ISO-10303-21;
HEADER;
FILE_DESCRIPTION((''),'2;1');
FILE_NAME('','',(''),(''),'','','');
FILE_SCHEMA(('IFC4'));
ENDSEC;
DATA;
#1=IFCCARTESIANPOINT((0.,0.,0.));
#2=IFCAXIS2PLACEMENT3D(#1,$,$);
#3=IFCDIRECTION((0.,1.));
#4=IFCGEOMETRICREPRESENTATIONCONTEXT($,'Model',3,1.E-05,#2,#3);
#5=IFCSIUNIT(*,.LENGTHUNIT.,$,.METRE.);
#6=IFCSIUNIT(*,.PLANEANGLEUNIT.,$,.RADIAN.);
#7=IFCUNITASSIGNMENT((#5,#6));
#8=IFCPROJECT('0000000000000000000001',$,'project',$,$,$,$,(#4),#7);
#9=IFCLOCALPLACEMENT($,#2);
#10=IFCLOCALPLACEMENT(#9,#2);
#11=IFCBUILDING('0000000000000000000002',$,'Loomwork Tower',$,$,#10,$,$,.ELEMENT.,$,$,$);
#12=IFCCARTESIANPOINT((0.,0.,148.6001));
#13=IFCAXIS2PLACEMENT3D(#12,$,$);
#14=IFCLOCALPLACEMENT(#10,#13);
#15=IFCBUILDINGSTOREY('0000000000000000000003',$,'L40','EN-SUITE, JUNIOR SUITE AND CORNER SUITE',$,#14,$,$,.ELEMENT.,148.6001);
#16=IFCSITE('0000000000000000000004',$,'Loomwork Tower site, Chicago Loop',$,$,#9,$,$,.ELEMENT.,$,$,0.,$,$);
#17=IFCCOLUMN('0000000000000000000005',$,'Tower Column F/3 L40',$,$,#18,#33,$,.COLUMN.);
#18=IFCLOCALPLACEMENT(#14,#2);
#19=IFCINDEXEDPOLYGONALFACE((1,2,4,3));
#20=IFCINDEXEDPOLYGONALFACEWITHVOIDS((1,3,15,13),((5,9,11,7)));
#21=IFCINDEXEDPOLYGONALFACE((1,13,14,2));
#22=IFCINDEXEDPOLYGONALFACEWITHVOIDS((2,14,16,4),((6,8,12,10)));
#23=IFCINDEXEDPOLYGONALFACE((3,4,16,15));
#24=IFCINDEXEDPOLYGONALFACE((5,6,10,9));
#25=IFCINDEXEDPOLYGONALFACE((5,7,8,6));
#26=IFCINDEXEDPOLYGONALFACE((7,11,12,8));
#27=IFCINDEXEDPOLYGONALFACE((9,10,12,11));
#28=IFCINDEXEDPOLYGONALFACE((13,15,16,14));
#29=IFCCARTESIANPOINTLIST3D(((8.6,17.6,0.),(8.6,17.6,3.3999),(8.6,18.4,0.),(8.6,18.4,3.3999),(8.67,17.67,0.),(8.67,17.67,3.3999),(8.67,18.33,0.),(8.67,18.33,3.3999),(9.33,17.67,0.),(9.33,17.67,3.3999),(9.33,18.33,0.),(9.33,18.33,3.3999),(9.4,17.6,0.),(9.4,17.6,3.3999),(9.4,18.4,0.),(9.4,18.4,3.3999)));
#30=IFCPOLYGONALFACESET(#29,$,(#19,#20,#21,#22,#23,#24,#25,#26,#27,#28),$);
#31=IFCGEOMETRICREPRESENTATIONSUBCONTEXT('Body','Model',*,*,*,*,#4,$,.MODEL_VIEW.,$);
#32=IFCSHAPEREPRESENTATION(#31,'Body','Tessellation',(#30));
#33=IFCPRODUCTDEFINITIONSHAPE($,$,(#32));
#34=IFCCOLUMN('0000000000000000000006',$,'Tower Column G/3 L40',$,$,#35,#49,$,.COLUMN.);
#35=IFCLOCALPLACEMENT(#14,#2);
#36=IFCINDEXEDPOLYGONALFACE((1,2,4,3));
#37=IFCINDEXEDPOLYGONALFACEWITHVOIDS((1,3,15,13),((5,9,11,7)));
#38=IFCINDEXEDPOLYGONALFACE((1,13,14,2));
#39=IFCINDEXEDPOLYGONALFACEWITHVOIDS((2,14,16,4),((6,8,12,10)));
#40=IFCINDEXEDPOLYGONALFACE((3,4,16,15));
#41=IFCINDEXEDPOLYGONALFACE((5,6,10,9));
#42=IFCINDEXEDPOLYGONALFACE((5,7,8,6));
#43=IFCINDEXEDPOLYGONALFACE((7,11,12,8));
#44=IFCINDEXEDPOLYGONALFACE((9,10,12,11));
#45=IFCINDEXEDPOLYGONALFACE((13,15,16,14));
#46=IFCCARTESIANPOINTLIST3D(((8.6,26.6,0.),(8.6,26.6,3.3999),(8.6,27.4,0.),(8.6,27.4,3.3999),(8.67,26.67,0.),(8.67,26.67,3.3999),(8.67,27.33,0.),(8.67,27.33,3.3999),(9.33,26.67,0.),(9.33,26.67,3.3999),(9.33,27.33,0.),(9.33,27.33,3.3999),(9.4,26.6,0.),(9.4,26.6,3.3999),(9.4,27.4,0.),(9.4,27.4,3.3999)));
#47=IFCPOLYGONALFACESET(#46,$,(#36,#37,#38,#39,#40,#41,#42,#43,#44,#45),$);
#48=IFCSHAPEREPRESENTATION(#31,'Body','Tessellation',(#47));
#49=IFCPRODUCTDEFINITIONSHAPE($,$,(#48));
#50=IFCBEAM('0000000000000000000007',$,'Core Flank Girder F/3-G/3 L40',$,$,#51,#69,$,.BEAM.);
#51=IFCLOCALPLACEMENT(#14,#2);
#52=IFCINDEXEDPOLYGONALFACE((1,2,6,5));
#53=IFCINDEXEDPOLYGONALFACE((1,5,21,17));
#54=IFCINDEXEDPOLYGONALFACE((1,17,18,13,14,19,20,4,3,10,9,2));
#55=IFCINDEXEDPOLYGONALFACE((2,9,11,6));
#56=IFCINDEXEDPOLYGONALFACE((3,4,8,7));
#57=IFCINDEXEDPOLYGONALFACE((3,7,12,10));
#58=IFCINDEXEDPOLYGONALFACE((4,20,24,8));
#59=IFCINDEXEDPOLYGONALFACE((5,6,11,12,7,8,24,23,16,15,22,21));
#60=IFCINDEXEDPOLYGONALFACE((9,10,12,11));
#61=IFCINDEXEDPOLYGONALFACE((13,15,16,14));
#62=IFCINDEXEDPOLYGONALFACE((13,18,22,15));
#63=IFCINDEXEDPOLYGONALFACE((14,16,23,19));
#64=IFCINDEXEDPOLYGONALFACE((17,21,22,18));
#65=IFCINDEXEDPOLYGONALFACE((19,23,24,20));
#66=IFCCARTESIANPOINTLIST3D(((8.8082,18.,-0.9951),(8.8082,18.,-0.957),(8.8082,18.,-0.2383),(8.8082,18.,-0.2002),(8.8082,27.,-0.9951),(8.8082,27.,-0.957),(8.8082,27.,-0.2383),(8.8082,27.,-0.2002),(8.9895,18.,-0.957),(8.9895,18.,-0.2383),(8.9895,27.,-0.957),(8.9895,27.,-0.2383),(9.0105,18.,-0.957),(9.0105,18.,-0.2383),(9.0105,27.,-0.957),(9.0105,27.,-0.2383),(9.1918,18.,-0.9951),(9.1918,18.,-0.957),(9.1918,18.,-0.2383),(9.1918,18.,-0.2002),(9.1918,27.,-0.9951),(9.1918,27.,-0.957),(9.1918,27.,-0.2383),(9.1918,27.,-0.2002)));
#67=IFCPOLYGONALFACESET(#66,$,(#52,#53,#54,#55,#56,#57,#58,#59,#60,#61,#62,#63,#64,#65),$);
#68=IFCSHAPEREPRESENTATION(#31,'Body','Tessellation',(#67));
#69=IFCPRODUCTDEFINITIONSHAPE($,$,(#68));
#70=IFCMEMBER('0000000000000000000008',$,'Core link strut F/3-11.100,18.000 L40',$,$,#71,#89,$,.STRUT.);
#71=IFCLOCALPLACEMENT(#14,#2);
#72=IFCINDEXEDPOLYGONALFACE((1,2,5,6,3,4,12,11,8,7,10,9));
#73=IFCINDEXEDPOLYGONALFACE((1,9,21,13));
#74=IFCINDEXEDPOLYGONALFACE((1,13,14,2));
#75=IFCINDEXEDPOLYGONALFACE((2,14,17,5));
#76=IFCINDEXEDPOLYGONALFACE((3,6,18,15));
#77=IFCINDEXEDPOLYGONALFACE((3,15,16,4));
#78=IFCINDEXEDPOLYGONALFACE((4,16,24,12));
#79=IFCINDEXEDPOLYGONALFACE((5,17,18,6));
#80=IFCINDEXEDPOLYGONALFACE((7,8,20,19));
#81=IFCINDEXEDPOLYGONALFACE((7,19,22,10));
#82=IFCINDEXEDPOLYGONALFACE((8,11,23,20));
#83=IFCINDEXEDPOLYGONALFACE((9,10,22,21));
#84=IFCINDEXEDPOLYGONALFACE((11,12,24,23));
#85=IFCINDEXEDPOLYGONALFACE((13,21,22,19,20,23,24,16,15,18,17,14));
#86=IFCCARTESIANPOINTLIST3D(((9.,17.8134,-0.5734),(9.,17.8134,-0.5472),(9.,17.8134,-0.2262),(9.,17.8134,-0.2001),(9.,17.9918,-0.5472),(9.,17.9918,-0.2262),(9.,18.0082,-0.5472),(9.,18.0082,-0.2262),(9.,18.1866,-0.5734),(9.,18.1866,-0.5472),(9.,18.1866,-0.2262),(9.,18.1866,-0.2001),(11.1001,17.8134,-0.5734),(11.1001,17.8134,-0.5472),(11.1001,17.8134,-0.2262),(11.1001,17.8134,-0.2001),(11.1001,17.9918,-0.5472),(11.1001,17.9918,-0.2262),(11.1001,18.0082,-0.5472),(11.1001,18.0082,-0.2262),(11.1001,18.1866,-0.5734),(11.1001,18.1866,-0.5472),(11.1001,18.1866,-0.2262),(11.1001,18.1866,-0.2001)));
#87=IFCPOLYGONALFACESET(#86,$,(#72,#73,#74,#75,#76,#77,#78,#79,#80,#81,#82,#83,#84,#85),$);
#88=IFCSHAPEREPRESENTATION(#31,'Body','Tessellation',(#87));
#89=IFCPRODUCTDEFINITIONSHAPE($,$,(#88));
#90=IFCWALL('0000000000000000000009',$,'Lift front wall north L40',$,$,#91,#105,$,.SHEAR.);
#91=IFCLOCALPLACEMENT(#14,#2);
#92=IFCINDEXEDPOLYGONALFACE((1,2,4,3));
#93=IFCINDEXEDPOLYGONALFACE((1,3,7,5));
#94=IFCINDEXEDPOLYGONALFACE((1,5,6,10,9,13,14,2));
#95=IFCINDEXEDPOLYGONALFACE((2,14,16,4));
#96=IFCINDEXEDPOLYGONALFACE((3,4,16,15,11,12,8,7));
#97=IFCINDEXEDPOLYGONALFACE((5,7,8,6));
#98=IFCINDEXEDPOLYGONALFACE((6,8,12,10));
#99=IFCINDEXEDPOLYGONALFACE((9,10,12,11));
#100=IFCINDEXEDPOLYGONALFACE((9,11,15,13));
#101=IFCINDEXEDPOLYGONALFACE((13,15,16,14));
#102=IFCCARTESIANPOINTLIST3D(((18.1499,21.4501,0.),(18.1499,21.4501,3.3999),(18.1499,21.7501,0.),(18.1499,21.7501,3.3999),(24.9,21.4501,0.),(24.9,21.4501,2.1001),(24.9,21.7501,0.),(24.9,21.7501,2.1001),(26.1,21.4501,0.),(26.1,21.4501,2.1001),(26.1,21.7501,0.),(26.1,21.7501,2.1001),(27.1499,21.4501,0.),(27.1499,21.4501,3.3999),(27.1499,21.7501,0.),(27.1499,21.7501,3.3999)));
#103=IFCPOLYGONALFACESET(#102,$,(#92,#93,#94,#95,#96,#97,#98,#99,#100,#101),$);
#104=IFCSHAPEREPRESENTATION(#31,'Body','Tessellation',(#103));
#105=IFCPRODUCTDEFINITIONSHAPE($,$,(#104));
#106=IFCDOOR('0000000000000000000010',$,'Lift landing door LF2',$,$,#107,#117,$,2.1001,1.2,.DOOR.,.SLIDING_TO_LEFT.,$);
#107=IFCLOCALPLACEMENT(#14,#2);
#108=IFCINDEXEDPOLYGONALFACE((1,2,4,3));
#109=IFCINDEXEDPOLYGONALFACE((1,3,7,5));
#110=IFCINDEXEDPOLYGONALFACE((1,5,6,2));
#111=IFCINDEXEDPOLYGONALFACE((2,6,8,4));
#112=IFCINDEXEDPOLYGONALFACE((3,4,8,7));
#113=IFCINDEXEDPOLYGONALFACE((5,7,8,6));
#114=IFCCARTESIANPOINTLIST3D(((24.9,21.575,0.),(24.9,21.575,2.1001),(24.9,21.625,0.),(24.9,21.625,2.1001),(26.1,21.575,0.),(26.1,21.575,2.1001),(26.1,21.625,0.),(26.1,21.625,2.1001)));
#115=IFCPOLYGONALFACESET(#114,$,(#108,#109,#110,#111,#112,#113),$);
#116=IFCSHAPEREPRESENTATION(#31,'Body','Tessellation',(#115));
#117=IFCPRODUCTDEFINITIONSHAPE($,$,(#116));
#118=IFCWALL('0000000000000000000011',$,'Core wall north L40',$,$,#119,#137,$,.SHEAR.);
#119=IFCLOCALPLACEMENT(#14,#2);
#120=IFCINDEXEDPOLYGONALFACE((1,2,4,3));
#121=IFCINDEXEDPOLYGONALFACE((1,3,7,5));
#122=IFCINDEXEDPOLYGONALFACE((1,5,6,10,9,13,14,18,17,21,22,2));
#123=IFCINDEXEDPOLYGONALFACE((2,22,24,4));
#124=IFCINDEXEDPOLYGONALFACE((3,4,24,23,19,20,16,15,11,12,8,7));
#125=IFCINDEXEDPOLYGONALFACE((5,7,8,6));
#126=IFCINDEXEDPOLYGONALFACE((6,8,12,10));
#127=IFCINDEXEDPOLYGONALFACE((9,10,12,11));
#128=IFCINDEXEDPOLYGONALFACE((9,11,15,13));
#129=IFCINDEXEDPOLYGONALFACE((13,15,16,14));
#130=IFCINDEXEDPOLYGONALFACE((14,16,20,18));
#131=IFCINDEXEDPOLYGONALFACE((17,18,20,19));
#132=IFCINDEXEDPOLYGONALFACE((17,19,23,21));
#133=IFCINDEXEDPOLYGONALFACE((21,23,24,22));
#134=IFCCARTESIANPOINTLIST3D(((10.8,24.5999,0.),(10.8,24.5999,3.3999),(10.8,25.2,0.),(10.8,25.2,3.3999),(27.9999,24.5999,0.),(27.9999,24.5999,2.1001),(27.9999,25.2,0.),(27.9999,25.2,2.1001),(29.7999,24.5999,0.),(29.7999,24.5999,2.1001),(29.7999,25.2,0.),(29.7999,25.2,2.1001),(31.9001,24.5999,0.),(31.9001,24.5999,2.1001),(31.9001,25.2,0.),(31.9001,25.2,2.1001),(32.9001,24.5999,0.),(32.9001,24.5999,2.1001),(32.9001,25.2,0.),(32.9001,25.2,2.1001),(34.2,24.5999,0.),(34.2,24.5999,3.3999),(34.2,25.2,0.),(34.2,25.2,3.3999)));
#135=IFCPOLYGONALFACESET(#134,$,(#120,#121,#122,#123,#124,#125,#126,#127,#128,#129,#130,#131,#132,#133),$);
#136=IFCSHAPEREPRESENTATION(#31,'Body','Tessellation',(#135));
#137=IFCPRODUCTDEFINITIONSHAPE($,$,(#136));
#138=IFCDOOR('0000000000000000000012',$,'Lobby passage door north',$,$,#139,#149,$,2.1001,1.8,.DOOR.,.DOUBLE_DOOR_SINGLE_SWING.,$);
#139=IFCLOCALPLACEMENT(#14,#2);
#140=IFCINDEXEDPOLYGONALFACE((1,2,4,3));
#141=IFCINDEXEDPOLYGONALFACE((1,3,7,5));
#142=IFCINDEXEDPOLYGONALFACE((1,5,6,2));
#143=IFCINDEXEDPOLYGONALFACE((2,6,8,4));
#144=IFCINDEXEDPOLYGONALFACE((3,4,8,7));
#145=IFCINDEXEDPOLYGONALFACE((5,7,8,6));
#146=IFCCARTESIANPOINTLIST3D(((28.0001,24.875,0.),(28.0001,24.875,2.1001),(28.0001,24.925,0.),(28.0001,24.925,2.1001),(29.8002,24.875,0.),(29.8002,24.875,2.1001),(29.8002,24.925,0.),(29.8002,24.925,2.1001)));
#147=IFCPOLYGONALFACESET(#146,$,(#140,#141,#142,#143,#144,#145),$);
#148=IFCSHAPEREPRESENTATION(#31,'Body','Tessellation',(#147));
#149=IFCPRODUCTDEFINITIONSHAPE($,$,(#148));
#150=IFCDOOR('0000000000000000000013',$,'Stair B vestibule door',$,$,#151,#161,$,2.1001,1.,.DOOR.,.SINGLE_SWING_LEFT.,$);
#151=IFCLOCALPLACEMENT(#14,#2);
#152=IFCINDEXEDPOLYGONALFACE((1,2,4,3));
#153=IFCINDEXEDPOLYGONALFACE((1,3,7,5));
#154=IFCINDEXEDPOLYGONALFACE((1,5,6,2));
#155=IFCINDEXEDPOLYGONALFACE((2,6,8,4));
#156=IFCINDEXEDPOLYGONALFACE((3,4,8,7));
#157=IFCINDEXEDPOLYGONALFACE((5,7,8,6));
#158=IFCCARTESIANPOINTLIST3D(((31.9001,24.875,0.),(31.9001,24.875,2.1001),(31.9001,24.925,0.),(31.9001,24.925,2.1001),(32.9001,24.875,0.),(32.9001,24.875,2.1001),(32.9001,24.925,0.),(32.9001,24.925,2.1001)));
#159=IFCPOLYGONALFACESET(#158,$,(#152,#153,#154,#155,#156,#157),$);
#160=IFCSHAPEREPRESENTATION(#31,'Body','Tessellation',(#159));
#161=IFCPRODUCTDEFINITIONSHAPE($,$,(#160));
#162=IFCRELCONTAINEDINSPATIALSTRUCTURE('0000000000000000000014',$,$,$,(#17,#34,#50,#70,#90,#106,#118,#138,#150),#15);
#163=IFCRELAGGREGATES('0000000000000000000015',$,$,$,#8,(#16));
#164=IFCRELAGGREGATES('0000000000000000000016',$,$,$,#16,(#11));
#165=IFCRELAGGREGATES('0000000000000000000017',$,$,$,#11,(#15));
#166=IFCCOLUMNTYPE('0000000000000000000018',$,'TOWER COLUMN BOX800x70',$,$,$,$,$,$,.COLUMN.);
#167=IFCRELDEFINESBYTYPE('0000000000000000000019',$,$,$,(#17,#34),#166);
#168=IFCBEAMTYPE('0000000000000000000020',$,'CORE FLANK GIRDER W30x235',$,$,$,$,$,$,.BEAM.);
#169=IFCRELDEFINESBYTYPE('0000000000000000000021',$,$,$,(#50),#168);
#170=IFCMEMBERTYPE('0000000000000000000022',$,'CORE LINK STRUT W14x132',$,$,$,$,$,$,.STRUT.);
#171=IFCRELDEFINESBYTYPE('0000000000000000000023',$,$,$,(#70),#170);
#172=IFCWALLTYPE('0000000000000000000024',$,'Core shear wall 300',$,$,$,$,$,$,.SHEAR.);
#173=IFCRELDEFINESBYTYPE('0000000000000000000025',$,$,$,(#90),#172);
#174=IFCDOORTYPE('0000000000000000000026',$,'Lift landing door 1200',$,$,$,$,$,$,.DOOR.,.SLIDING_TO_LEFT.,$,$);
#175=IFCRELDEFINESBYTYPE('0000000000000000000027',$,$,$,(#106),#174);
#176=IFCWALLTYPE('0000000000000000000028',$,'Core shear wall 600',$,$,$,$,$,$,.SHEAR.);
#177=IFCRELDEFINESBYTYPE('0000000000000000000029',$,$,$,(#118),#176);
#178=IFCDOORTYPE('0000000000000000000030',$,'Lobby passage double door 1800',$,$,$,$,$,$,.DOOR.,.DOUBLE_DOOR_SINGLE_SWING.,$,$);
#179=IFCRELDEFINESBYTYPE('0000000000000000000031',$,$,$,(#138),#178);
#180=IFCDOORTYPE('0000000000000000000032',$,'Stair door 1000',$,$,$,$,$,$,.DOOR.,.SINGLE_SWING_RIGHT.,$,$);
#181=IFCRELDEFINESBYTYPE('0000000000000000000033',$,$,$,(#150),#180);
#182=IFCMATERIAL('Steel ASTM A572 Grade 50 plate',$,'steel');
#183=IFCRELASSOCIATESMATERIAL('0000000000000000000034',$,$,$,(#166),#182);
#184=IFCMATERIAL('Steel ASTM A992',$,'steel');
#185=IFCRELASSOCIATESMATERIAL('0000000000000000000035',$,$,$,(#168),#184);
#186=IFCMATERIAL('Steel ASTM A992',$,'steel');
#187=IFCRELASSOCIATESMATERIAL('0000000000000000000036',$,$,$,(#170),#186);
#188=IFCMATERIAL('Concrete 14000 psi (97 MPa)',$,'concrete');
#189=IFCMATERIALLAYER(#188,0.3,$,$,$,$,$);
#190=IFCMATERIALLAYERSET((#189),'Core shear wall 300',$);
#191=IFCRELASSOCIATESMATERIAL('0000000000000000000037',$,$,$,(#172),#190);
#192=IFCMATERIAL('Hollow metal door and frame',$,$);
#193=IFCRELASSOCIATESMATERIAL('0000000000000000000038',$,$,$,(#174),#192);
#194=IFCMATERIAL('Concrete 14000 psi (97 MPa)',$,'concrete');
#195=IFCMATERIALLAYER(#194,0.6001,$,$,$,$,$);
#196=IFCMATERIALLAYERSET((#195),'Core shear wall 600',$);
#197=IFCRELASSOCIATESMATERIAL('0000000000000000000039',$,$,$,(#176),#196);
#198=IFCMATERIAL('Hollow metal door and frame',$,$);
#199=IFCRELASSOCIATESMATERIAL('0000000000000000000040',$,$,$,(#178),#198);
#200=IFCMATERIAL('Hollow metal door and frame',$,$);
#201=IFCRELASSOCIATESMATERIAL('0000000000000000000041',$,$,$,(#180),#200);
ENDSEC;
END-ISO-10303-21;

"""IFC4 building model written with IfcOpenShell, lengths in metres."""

from ifc_helpers import new_model, si_unit, direction, frame, frame_2d, origin, origin_2d, place, context, subcontext, project, spatial, rectangle, hollow_rectangle, i_section, extrude, material, layer, layer_set, material_profile, profile_set, type_object, element, fill, save


model = new_model("IFC4")

# Units and contexts
model_context = context("Model", 3, precision=1e-05, world=origin(), true_north=direction((0.0, 1.0)))
body_context = subcontext(model_context, "Body", "Model", "MODEL_VIEW")
ifc_project = project(units=[si_unit("LENGTHUNIT", "METRE"), si_unit("PLANEANGLEUNIT", "RADIAN")], contexts=[model_context])

# Site, building, storey
site_placement = place(None, origin())
site = spatial("IfcSite", under=ifc_project, at=site_placement, Name="Loomwork Tower site, Chicago Loop", CompositionType="ELEMENT", RefElevation=0.0)
building_placement = place(site_placement, origin())
building = spatial("IfcBuilding", under=site, at=building_placement, Name="Loomwork Tower", CompositionType="ELEMENT")
storey_placement = place(building_placement, frame((0.0, 0.0, 148.6001)))
storey = spatial("IfcBuildingStorey", under=building, at=storey_placement, Name="L40", Description="EN-SUITE, JUNIOR SUITE AND CORNER SUITE", CompositionType="ELEMENT", Elevation=148.6001)

# Columns
ifc_material_1 = material(Name="Steel ASTM A572 Grade 50 plate", Category="steel")
ifc_material_profile_1 = material_profile(ifc_material_1, hollow_rectangle(XDim=0.8, YDim=0.8, WallThickness=0.0701, at=origin_2d()), Name="BOX800x70")
ifc_profile_set_1 = profile_set([ifc_material_profile_1], Name="Steel ASTM A572 Grade 50 plate")
column_type = type_object("IfcColumnType", Name="TOWER COLUMN BOX800x70", PredefinedType="COLUMN", material=ifc_profile_set_1)
for number, where, z_axis, x_axis, name in (
    (1, (9.0, 18.0, 0.0), (0.0, 0.0, 1.0), (1.0, 0.0, 0.0), "Tower Column F/3 L40"),
    (2, (9.0, 27.0, 0.0), (0.0, 0.0, 1.0), (1.0, 0.0, 0.0), "Tower Column G/3 L40"),
):
    element("IfcColumn", number, at=place(storey_placement, frame(where, z_axis=z_axis, x_axis=x_axis)), inside=storey, type_object=column_type, Name=name, PredefinedType="COLUMN", context=body_context, shape_type="SweptSolid", body=[
        extrude(hollow_rectangle(XDim=0.8, YDim=0.8, WallThickness=0.0701, at=origin_2d()), origin(), (0.0, 0.0, 1.0), 3.3999),
    ])

# Beam
ifc_material_2 = material(Name="Steel ASTM A992", Category="steel")
ifc_material_profile_2 = material_profile(ifc_material_2, i_section(OverallWidth=0.3835, OverallDepth=0.7949, WebThickness=0.021, FlangeThickness=0.0381, at=origin_2d()), Name="W30x235")
ifc_profile_set_2 = profile_set([ifc_material_profile_2], Name="Steel ASTM A992")
beam_type = type_object("IfcBeamType", Name="CORE FLANK GIRDER W30x235", PredefinedType="BEAM", material=ifc_profile_set_2)
beam_placement = place(storey_placement, frame((9.0, 18.0, -0.5977), z_axis=(0.0, 1.0, 0.0), x_axis=(-1.0, 0.0, 0.0)))
element("IfcBeam", 3, at=beam_placement, inside=storey, type_object=beam_type, Name="Core Flank Girder F/3-G/3 L40", PredefinedType="BEAM", context=body_context, shape_type="SweptSolid", body=[
    extrude(i_section(OverallWidth=0.3835, OverallDepth=0.7949, WebThickness=0.021, FlangeThickness=0.0381, at=origin_2d()), origin(), (0.0, 0.0, 1.0), 9.0),
])

# Member
ifc_material_3 = material(Name="Steel ASTM A992", Category="steel")
ifc_material_profile_3 = material_profile(ifc_material_3, i_section(OverallWidth=0.3733, OverallDepth=0.3733, WebThickness=0.0164, FlangeThickness=0.0261, at=origin_2d()), Name="W14x132")
ifc_profile_set_3 = profile_set([ifc_material_profile_3], Name="Steel ASTM A992")
member_type = type_object("IfcMemberType", Name="CORE LINK STRUT W14x132", PredefinedType="STRUT", material=ifc_profile_set_3)
member_placement = place(storey_placement, frame((9.0, 18.0, -0.3867), z_axis=(1.0, 0.0, 0.0), x_axis=(0.0, 1.0, 0.0)))
element("IfcMember", 4, at=member_placement, inside=storey, type_object=member_type, Name="Core link strut F/3-11.100,18.000 L40", PredefinedType="STRUT", context=body_context, shape_type="SweptSolid", body=[
    extrude(i_section(OverallWidth=0.3733, OverallDepth=0.3733, WebThickness=0.0164, FlangeThickness=0.0261, at=origin_2d()), origin(), (0.0, 0.0, 1.0), 2.1001),
])

# Wall, opening, door
ifc_material_4 = material(Name="Concrete 14000 psi (97 MPa)", Category="concrete")
ifc_layer_1 = layer(ifc_material_4, 0.3)
ifc_layer_set_1 = layer_set([ifc_layer_1], Name="Core shear wall 300")
wall_type_1 = type_object("IfcWallType", Name="Core shear wall 300", PredefinedType="SHEAR", material=ifc_layer_set_1)
wall_1_placement = place(storey_placement, frame((18.1499, 21.6001, 0.0), z_axis=(0.0, 0.0, 1.0), x_axis=(1.0, 0.0, 0.0)))
wall_1 = element("IfcWall", 5, at=wall_1_placement, inside=storey, type_object=wall_type_1, Name="Lift front wall north L40", PredefinedType="SHEAR", context=body_context, shape_type="SweptSolid", body=[
    extrude(rectangle(XDim=9.0, YDim=0.3, at=frame_2d((4.5, 0.0))), origin(), (0.0, 0.0, 1.0), 3.3999),
])
opening_1_placement = place(wall_1_placement, frame((6.75, 0.0, 0.0)))
opening_1 = element("IfcOpeningElement", 6, at=opening_1_placement, cuts=wall_1, PredefinedType="OPENING", context=body_context, shape_type="SweptSolid", body=[
    extrude(rectangle(XDim=1.2, YDim=2.1001, at=frame_2d((0.6001, 1.05))), frame((0.0, 0.1599, 0.0), z_axis=(0.0, -1.0, 0.0), x_axis=(1.0, 0.0, 0.0)), (0.0, 0.0, 1.0), 0.3201),
])
ifc_material_5 = material(Name="Hollow metal door and frame")
door_type_1 = type_object("IfcDoorType", Name="Lift landing door 1200", OperationType="SLIDING_TO_LEFT", PredefinedType="DOOR", material=ifc_material_5)
door_1_placement = place(opening_1_placement, origin())
door_1 = element("IfcDoor", 7, at=door_1_placement, inside=storey, type_object=door_type_1, Name="Lift landing door LF2", OperationType="SLIDING_TO_LEFT", OverallHeight=2.1001, OverallWidth=1.2, PredefinedType="DOOR", context=body_context, shape_type="SweptSolid", body=[
    extrude(rectangle(XDim=1.2, YDim=2.1001, at=frame_2d((0.6001, 1.05))), frame((0.0, 0.0249, 0.0), z_axis=(0.0, -1.0, 0.0), x_axis=(1.0, 0.0, 0.0)), (0.0, 0.0, 1.0), 0.05),
])
fill(opening_1, door_1)

# Wall, openings, doors
ifc_material_6 = material(Name="Concrete 14000 psi (97 MPa)", Category="concrete")
ifc_layer_2 = layer(ifc_material_6, 0.6001)
ifc_layer_set_2 = layer_set([ifc_layer_2], Name="Core shear wall 600")
wall_type_2 = type_object("IfcWallType", Name="Core shear wall 600", PredefinedType="SHEAR", material=ifc_layer_set_2)
wall_2_placement = place(storey_placement, frame((10.8, 24.8999, 0.0), z_axis=(0.0, 0.0, 1.0), x_axis=(1.0, 0.0, 0.0)))
wall_2 = element("IfcWall", 8, at=wall_2_placement, inside=storey, type_object=wall_type_2, Name="Core wall north L40", PredefinedType="SHEAR", context=body_context, shape_type="SweptSolid", body=[
    extrude(rectangle(XDim=23.3999, YDim=0.6001, at=frame_2d((11.7, 0.0))), origin(), (0.0, 0.0, 1.0), 3.3999),
])
opening_2_placement = place(wall_2_placement, frame((17.2, 0.0, 0.0)))
opening_2 = element("IfcOpeningElement", 9, at=opening_2_placement, cuts=wall_2, PredefinedType="OPENING", context=body_context, shape_type="SweptSolid", body=[
    extrude(rectangle(XDim=1.8, YDim=2.1001, at=frame_2d((0.8999, 1.05))), frame((0.0, 0.3101, 0.0), z_axis=(0.0, -1.0, 0.0), x_axis=(1.0, 0.0, 0.0)), (0.0, 0.0, 1.0), 0.6201),
])
opening_3_placement = place(wall_2_placement, frame((21.1001, 0.0, 0.0)))
opening_3 = element("IfcOpeningElement", 10, at=opening_3_placement, cuts=wall_2, PredefinedType="OPENING", context=body_context, shape_type="SweptSolid", body=[
    extrude(rectangle(XDim=1.0, YDim=2.1001, at=frame_2d((0.5, 1.05))), frame((0.0, 0.3101, 0.0), z_axis=(0.0, -1.0, 0.0), x_axis=(1.0, 0.0, 0.0)), (0.0, 0.0, 1.0), 0.6201),
])
ifc_material_7 = material(Name="Hollow metal door and frame")
door_type_2 = type_object("IfcDoorType", Name="Lobby passage double door 1800", OperationType="DOUBLE_DOOR_SINGLE_SWING", PredefinedType="DOOR", material=ifc_material_7)
door_2_placement = place(opening_2_placement, frame((1.8, 0.0, 0.0), z_axis=(0.0, 0.0, 1.0), x_axis=(-1.0, 0.0, 0.0)))
door_2 = element("IfcDoor", 11, at=door_2_placement, inside=storey, type_object=door_type_2, Name="Lobby passage door north", OperationType="DOUBLE_DOOR_SINGLE_SWING", OverallHeight=2.1001, OverallWidth=1.8, PredefinedType="DOOR", context=body_context, shape_type="SweptSolid", body=[
    extrude(rectangle(XDim=1.8, YDim=2.1001, at=frame_2d((0.8999, 1.05))), frame((0.0, 0.0249, 0.0), z_axis=(0.0, -1.0, 0.0), x_axis=(1.0, 0.0, 0.0)), (0.0, 0.0, 1.0), 0.05),
])
fill(opening_2, door_2)
ifc_material_8 = material(Name="Hollow metal door and frame")
door_type_3 = type_object("IfcDoorType", Name="Stair door 1000", OperationType="SINGLE_SWING_RIGHT", PredefinedType="DOOR", material=ifc_material_8)
door_3_placement = place(opening_3_placement, frame((1.0, 0.0, 0.0), z_axis=(0.0, 0.0, 1.0), x_axis=(-1.0, 0.0, 0.0)))
door_3 = element("IfcDoor", 12, at=door_3_placement, inside=storey, type_object=door_type_3, Name="Stair B vestibule door", OperationType="SINGLE_SWING_LEFT", OverallHeight=2.1001, OverallWidth=1.0, PredefinedType="DOOR", context=body_context, shape_type="SweptSolid", body=[
    extrude(rectangle(XDim=1.0, YDim=2.1001, at=frame_2d((0.5, 1.05))), frame((0.0, 0.0249, 0.0), z_axis=(0.0, -1.0, 0.0), x_axis=(1.0, 0.0, 0.0)), (0.0, 0.0, 1.0), 0.05),
])
fill(opening_3, door_3)

save(model, "model.ifc")
